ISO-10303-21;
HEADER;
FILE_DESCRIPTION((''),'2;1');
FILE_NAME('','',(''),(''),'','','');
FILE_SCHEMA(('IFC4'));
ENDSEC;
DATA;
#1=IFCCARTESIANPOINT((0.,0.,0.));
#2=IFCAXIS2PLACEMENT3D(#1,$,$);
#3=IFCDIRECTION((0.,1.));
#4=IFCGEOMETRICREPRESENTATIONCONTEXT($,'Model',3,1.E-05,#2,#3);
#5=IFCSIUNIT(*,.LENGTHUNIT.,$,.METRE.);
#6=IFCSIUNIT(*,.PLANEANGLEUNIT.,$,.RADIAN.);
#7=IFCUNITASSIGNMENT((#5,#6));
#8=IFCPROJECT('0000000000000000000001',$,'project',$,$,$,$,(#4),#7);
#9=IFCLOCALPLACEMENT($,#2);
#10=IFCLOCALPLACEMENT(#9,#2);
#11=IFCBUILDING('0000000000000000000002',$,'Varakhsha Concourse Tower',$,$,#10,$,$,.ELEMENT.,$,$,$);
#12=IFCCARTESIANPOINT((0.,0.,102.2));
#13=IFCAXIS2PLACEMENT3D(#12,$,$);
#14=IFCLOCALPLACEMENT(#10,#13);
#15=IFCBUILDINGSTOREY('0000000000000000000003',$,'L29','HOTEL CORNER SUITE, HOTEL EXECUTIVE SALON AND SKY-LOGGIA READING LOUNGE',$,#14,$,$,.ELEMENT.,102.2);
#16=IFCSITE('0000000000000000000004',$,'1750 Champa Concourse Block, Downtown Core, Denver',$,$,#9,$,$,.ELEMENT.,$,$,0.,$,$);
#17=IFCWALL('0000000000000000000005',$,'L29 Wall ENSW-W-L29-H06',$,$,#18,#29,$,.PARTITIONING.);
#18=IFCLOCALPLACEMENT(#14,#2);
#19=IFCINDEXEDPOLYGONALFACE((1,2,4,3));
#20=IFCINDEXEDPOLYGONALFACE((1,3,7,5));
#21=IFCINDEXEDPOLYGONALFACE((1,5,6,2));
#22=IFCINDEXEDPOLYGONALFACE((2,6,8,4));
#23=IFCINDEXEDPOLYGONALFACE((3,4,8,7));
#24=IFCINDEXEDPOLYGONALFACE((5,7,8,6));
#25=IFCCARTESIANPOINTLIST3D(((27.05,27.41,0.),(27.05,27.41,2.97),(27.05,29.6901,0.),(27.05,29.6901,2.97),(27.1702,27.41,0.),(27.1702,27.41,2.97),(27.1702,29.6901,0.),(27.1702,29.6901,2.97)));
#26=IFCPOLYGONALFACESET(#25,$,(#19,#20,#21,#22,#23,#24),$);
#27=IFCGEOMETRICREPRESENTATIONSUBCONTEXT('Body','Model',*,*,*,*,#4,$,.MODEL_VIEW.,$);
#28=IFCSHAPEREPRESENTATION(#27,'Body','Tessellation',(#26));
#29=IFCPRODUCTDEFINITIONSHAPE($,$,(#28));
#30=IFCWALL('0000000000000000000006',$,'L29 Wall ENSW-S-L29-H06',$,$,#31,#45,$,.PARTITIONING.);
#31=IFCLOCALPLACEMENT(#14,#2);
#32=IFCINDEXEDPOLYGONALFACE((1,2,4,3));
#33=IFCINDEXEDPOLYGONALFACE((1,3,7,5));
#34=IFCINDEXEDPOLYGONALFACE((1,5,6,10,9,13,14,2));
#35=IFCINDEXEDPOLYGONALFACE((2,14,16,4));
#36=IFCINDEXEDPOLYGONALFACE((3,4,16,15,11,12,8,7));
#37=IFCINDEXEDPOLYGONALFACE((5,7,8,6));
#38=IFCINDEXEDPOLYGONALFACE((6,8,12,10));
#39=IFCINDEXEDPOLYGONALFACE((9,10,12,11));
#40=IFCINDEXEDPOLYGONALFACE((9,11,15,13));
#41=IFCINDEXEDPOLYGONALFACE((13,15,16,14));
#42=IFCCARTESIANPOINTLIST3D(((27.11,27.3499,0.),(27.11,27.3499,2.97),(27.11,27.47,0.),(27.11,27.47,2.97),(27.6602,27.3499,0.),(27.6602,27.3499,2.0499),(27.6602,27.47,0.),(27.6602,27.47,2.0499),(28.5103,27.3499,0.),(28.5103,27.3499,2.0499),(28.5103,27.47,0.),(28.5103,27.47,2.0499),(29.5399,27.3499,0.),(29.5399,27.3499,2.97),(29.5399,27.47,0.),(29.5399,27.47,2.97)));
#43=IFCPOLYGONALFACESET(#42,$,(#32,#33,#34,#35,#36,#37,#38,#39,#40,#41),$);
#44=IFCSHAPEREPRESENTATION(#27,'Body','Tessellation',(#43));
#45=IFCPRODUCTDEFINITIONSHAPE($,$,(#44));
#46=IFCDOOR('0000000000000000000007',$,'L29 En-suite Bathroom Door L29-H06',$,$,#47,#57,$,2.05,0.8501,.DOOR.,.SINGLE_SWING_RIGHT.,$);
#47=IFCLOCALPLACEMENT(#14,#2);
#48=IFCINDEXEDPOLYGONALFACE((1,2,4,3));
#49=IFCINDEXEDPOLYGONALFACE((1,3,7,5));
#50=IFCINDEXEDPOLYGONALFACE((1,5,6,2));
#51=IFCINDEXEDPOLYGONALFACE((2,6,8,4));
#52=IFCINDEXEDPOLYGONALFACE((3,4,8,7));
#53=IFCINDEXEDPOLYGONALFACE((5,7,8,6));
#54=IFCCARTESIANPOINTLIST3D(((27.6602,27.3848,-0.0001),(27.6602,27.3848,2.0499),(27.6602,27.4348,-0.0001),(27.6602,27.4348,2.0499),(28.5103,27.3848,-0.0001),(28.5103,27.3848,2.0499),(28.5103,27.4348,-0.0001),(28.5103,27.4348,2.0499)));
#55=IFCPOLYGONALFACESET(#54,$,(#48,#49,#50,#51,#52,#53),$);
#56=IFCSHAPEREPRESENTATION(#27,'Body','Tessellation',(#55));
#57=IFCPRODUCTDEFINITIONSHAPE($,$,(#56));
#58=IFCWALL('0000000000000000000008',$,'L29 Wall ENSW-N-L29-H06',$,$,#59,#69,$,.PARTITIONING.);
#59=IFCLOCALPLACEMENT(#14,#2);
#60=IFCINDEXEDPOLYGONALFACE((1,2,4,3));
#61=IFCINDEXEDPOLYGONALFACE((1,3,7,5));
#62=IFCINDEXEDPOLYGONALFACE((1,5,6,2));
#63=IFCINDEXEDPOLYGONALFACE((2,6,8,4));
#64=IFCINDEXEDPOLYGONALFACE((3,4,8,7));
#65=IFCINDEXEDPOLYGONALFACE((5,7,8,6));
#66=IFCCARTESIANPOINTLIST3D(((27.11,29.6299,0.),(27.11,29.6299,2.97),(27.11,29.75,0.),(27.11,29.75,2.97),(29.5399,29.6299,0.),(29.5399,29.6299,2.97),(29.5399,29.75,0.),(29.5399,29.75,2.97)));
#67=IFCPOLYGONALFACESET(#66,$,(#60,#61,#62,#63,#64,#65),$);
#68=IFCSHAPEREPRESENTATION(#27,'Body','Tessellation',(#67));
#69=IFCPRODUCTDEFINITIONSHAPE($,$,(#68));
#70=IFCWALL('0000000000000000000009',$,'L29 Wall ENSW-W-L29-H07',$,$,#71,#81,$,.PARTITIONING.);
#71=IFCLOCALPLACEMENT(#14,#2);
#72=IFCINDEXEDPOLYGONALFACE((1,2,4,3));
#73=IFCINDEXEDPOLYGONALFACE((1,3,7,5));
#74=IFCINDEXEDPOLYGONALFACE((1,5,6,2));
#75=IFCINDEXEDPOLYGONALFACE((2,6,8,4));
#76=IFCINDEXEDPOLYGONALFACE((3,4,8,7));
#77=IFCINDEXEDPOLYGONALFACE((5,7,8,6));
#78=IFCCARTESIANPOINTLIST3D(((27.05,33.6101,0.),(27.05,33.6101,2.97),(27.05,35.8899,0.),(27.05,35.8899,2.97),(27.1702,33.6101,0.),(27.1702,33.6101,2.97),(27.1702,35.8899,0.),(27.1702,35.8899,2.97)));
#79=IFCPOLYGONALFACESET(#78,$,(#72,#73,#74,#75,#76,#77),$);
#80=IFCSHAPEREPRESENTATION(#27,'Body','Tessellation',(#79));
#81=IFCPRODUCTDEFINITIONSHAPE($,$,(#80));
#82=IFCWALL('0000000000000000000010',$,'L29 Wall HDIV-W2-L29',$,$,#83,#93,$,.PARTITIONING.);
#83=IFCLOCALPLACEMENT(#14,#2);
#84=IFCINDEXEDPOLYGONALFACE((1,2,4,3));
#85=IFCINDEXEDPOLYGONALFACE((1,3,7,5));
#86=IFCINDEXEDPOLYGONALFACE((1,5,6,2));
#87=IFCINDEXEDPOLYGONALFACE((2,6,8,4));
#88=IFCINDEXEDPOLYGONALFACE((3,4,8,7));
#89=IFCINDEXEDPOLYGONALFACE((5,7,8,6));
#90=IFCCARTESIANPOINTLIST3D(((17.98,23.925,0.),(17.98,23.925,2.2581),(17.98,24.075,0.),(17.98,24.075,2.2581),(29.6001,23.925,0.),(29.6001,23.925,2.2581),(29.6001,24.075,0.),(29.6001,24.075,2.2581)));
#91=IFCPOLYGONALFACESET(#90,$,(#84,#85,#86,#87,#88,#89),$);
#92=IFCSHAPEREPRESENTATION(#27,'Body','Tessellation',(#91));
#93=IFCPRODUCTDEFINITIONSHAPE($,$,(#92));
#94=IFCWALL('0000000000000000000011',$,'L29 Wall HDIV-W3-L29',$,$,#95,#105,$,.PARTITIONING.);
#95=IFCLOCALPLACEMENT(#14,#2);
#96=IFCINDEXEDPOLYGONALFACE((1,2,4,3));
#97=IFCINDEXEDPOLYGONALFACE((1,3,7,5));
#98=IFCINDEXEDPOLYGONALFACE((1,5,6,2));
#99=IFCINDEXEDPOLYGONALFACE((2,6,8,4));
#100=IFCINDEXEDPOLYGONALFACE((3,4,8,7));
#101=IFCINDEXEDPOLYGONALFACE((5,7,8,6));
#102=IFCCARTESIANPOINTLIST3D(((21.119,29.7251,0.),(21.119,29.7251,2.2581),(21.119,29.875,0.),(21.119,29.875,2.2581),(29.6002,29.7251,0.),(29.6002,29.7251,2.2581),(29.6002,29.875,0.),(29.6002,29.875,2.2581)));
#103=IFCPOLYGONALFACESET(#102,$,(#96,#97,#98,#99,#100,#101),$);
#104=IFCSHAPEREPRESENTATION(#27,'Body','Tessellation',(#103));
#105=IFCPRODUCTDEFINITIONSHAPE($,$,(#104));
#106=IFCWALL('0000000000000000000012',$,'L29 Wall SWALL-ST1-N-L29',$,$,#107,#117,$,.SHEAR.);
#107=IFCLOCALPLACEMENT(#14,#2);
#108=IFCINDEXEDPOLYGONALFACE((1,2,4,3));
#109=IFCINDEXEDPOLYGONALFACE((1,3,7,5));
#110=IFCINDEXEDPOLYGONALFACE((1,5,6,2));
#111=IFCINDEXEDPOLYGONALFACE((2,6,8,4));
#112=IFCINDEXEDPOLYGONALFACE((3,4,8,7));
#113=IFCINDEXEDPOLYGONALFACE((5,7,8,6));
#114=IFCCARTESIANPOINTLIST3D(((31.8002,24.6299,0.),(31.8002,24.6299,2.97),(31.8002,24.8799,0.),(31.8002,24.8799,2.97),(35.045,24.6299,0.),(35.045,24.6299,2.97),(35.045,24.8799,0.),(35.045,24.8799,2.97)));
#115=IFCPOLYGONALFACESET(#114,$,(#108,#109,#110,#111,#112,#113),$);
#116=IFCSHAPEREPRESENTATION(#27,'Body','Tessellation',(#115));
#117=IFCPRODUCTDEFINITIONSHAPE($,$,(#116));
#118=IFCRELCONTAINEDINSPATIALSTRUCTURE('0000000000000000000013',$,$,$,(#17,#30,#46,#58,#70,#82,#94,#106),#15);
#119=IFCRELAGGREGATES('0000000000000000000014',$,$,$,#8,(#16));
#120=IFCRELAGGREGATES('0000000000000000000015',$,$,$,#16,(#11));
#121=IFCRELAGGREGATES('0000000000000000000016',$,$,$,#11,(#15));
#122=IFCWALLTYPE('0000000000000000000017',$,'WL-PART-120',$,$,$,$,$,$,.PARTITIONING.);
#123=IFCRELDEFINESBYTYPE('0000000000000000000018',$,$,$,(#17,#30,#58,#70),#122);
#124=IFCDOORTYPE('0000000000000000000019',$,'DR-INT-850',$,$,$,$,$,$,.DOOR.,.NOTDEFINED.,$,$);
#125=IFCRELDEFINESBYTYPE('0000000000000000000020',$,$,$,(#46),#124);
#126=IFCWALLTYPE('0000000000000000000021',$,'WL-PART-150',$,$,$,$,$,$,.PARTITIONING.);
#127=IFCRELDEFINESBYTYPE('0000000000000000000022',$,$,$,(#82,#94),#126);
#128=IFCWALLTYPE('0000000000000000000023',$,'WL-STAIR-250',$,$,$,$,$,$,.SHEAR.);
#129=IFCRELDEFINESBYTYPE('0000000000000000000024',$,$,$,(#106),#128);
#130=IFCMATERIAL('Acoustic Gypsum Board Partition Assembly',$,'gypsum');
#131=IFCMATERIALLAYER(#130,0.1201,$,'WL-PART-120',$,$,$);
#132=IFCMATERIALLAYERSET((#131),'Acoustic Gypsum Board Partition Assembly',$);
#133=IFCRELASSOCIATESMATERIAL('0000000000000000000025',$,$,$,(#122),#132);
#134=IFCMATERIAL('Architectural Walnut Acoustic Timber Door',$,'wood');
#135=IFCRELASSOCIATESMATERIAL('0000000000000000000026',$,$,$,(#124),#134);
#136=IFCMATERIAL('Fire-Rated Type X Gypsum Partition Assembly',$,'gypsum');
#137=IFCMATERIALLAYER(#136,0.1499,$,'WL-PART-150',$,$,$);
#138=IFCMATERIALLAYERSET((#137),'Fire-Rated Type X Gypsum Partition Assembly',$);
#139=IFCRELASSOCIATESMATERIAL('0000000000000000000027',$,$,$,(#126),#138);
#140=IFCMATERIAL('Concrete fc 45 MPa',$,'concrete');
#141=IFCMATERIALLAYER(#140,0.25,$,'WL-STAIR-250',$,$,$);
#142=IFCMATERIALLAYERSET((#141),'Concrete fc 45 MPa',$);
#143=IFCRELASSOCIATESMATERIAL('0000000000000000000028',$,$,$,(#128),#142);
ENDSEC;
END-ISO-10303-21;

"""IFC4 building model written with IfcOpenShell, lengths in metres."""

from ifc_helpers import new_model, si_unit, direction, frame, frame_2d, origin, place, context, subcontext, project, spatial, rectangle, extrude, material, layer, layer_set, type_object, element, fill, save


model = new_model("IFC4")

# Units and contexts
model_context = context("Model", 3, precision=1e-05, world=origin(), true_north=direction((0.0, 1.0)))
body_context = subcontext(model_context, "Body", "Model", "MODEL_VIEW")
ifc_project = project(units=[si_unit("LENGTHUNIT", "METRE"), si_unit("PLANEANGLEUNIT", "RADIAN")], contexts=[model_context])

# Site, building, storey
site_placement = place(None, origin())
site = spatial("IfcSite", under=ifc_project, at=site_placement, Name="1750 Champa Concourse Block, Downtown Core, Denver", CompositionType="ELEMENT", RefElevation=0.0)
building_placement = place(site_placement, origin())
building = spatial("IfcBuilding", under=site, at=building_placement, Name="Varakhsha Concourse Tower", CompositionType="ELEMENT")
storey_placement = place(building_placement, frame((0.0, 0.0, 102.2)))
storey = spatial("IfcBuildingStorey", under=building, at=storey_placement, Name="L29", Description="HOTEL CORNER SUITE, HOTEL EXECUTIVE SALON AND SKY-LOGGIA READING LOUNGE", CompositionType="ELEMENT", Elevation=102.2)

# Wall
ifc_material_1 = material(Name="Acoustic Gypsum Board Partition Assembly", Category="gypsum")
ifc_layer_1 = layer(ifc_material_1, 0.1201, Name="WL-PART-120")
ifc_layer_set_1 = layer_set([ifc_layer_1], Name="Acoustic Gypsum Board Partition Assembly")
wall_type_1 = type_object("IfcWallType", Name="WL-PART-120", PredefinedType="PARTITIONING", material=ifc_layer_set_1)
wall_1_placement = place(storey_placement, frame((27.1101, 27.4099, 0.0), z_axis=(0.0, 0.0, 1.0), x_axis=(0.0, 1.0, 0.0)))
element("IfcWall", 1, at=wall_1_placement, inside=storey, type_object=wall_type_1, Name="L29 Wall ENSW-W-L29-H06", PredefinedType="PARTITIONING", context=body_context, shape_type="SweptSolid", body=[
    extrude(rectangle(XDim=2.28, YDim=0.1201, at=frame_2d((1.1401, 0.0))), origin(), (0.0, 0.0, 1.0), 2.97),
])

# Wall, opening, door
wall_2_placement = place(storey_placement, frame((27.1101, 27.4099, 0.0), z_axis=(0.0, 0.0, 1.0), x_axis=(1.0, 0.0, 0.0)))
wall_2 = element("IfcWall", 2, at=wall_2_placement, inside=storey, type_object=wall_type_1, Name="L29 Wall ENSW-S-L29-H06", PredefinedType="PARTITIONING", context=body_context, shape_type="SweptSolid", body=[
    extrude(rectangle(XDim=2.4299, YDim=0.1201, at=frame_2d((1.2148, 0.0))), origin(), (0.0, 0.0, 1.0), 2.97),
])
opening_1_placement = place(wall_2_placement, frame((0.55, 0.0, 0.0)))
opening_1 = element("IfcOpeningElement", 3, at=opening_1_placement, cuts=wall_2, PredefinedType="OPENING", context=body_context, shape_type="SweptSolid", body=[
    extrude(rectangle(XDim=0.8501, YDim=2.05, at=frame_2d((0.425, 1.0249))), frame((0.0, 0.0701, 0.0), z_axis=(0.0, -1.0, 0.0), x_axis=(1.0, 0.0, 0.0)), (0.0, 0.0, 1.0), 0.1401),
])
ifc_material_2 = material(Name="Architectural Walnut Acoustic Timber Door", Category="wood")
door_type_1 = type_object("IfcDoorType", Name="DR-INT-850", OperationType="NOTDEFINED", PredefinedType="DOOR", material=ifc_material_2)
door_1_placement = place(opening_1_placement, origin())
door_1 = element("IfcDoor", 4, at=door_1_placement, inside=storey, type_object=door_type_1, Name="L29 En-suite Bathroom Door L29-H06", OperationType="SINGLE_SWING_RIGHT", OverallHeight=2.05, OverallWidth=0.8501, PredefinedType="DOOR", context=body_context, shape_type="SweptSolid", body=[
    extrude(rectangle(XDim=0.8501, YDim=2.05, at=frame_2d((0.425, 1.0249))), frame((0.0, 0.0249, 0.0), z_axis=(0.0, -1.0, 0.0), x_axis=(1.0, 0.0, 0.0)), (0.0, 0.0, 1.0), 0.05),
])
fill(opening_1, door_1)

# Walls
wall_3_placement = place(storey_placement, frame((27.1101, 29.6899, 0.0), z_axis=(0.0, 0.0, 1.0), x_axis=(1.0, 0.0, 0.0)))
element("IfcWall", 5, at=wall_3_placement, inside=storey, type_object=wall_type_1, Name="L29 Wall ENSW-N-L29-H06", PredefinedType="PARTITIONING", context=body_context, shape_type="SweptSolid", body=[
    extrude(rectangle(XDim=2.4299, YDim=0.1201, at=frame_2d((1.2148, 0.0))), origin(), (0.0, 0.0, 1.0), 2.97),
])
wall_4_placement = place(storey_placement, frame((27.1101, 33.6101, 0.0), z_axis=(0.0, 0.0, 1.0), x_axis=(0.0, 1.0, 0.0)))
element("IfcWall", 6, at=wall_4_placement, inside=storey, type_object=wall_type_1, Name="L29 Wall ENSW-W-L29-H07", PredefinedType="PARTITIONING", context=body_context, shape_type="SweptSolid", body=[
    extrude(rectangle(XDim=2.2798, YDim=0.1201, at=frame_2d((1.1399, 0.0))), origin(), (0.0, 0.0, 1.0), 2.97),
])
ifc_material_3 = material(Name="Fire-Rated Type X Gypsum Partition Assembly", Category="gypsum")
ifc_layer_2 = layer(ifc_material_3, 0.1499, Name="WL-PART-150")
ifc_layer_set_2 = layer_set([ifc_layer_2], Name="Fire-Rated Type X Gypsum Partition Assembly")
wall_type_2 = type_object("IfcWallType", Name="WL-PART-150", PredefinedType="PARTITIONING", material=ifc_layer_set_2)
wall_5_placement = place(storey_placement, frame((17.98, 24.0, 0.0), z_axis=(0.0, 0.0, 1.0), x_axis=(1.0, 0.0, 0.0)))
element("IfcWall", 7, at=wall_5_placement, inside=storey, type_object=wall_type_2, Name="L29 Wall HDIV-W2-L29", PredefinedType="PARTITIONING", context=body_context, shape_type="SweptSolid", body=[
    extrude(rectangle(XDim=11.6201, YDim=0.1499, at=frame_2d((5.8101, 0.0))), origin(), (0.0, 0.0, 1.0), 2.2581),
])
wall_6_placement = place(storey_placement, frame((21.1189, 29.8, 0.0), z_axis=(0.0, 0.0, 1.0), x_axis=(1.0, 0.0, 0.0)))
element("IfcWall", 8, at=wall_6_placement, inside=storey, type_object=wall_type_2, Name="L29 Wall HDIV-W3-L29", PredefinedType="PARTITIONING", context=body_context, shape_type="SweptSolid", body=[
    extrude(rectangle(XDim=8.4812, YDim=0.1499, at=frame_2d((4.2407, 0.0))), origin(), (0.0, 0.0, 1.0), 2.2581),
])

# Wall
ifc_material_4 = material(Name="Concrete fc 45 MPa", Category="concrete")
ifc_layer_3 = layer(ifc_material_4, 0.25, Name="WL-STAIR-250")
ifc_layer_set_3 = layer_set([ifc_layer_3], Name="Concrete fc 45 MPa")
wall_type_3 = type_object("IfcWallType", Name="WL-STAIR-250", PredefinedType="SHEAR", material=ifc_layer_set_3)
wall_7_placement = place(storey_placement, frame((31.8, 24.7549, 0.0), z_axis=(0.0, 0.0, 1.0), x_axis=(1.0, 0.0, 0.0)))
element("IfcWall", 9, at=wall_7_placement, inside=storey, type_object=wall_type_3, Name="L29 Wall SWALL-ST1-N-L29", PredefinedType="SHEAR", context=body_context, shape_type="SweptSolid", body=[
    extrude(rectangle(XDim=3.2449, YDim=0.25, at=frame_2d((1.6226, 0.0))), origin(), (0.0, 0.0, 1.0), 2.97),
])

save(model, "model.ifc")
